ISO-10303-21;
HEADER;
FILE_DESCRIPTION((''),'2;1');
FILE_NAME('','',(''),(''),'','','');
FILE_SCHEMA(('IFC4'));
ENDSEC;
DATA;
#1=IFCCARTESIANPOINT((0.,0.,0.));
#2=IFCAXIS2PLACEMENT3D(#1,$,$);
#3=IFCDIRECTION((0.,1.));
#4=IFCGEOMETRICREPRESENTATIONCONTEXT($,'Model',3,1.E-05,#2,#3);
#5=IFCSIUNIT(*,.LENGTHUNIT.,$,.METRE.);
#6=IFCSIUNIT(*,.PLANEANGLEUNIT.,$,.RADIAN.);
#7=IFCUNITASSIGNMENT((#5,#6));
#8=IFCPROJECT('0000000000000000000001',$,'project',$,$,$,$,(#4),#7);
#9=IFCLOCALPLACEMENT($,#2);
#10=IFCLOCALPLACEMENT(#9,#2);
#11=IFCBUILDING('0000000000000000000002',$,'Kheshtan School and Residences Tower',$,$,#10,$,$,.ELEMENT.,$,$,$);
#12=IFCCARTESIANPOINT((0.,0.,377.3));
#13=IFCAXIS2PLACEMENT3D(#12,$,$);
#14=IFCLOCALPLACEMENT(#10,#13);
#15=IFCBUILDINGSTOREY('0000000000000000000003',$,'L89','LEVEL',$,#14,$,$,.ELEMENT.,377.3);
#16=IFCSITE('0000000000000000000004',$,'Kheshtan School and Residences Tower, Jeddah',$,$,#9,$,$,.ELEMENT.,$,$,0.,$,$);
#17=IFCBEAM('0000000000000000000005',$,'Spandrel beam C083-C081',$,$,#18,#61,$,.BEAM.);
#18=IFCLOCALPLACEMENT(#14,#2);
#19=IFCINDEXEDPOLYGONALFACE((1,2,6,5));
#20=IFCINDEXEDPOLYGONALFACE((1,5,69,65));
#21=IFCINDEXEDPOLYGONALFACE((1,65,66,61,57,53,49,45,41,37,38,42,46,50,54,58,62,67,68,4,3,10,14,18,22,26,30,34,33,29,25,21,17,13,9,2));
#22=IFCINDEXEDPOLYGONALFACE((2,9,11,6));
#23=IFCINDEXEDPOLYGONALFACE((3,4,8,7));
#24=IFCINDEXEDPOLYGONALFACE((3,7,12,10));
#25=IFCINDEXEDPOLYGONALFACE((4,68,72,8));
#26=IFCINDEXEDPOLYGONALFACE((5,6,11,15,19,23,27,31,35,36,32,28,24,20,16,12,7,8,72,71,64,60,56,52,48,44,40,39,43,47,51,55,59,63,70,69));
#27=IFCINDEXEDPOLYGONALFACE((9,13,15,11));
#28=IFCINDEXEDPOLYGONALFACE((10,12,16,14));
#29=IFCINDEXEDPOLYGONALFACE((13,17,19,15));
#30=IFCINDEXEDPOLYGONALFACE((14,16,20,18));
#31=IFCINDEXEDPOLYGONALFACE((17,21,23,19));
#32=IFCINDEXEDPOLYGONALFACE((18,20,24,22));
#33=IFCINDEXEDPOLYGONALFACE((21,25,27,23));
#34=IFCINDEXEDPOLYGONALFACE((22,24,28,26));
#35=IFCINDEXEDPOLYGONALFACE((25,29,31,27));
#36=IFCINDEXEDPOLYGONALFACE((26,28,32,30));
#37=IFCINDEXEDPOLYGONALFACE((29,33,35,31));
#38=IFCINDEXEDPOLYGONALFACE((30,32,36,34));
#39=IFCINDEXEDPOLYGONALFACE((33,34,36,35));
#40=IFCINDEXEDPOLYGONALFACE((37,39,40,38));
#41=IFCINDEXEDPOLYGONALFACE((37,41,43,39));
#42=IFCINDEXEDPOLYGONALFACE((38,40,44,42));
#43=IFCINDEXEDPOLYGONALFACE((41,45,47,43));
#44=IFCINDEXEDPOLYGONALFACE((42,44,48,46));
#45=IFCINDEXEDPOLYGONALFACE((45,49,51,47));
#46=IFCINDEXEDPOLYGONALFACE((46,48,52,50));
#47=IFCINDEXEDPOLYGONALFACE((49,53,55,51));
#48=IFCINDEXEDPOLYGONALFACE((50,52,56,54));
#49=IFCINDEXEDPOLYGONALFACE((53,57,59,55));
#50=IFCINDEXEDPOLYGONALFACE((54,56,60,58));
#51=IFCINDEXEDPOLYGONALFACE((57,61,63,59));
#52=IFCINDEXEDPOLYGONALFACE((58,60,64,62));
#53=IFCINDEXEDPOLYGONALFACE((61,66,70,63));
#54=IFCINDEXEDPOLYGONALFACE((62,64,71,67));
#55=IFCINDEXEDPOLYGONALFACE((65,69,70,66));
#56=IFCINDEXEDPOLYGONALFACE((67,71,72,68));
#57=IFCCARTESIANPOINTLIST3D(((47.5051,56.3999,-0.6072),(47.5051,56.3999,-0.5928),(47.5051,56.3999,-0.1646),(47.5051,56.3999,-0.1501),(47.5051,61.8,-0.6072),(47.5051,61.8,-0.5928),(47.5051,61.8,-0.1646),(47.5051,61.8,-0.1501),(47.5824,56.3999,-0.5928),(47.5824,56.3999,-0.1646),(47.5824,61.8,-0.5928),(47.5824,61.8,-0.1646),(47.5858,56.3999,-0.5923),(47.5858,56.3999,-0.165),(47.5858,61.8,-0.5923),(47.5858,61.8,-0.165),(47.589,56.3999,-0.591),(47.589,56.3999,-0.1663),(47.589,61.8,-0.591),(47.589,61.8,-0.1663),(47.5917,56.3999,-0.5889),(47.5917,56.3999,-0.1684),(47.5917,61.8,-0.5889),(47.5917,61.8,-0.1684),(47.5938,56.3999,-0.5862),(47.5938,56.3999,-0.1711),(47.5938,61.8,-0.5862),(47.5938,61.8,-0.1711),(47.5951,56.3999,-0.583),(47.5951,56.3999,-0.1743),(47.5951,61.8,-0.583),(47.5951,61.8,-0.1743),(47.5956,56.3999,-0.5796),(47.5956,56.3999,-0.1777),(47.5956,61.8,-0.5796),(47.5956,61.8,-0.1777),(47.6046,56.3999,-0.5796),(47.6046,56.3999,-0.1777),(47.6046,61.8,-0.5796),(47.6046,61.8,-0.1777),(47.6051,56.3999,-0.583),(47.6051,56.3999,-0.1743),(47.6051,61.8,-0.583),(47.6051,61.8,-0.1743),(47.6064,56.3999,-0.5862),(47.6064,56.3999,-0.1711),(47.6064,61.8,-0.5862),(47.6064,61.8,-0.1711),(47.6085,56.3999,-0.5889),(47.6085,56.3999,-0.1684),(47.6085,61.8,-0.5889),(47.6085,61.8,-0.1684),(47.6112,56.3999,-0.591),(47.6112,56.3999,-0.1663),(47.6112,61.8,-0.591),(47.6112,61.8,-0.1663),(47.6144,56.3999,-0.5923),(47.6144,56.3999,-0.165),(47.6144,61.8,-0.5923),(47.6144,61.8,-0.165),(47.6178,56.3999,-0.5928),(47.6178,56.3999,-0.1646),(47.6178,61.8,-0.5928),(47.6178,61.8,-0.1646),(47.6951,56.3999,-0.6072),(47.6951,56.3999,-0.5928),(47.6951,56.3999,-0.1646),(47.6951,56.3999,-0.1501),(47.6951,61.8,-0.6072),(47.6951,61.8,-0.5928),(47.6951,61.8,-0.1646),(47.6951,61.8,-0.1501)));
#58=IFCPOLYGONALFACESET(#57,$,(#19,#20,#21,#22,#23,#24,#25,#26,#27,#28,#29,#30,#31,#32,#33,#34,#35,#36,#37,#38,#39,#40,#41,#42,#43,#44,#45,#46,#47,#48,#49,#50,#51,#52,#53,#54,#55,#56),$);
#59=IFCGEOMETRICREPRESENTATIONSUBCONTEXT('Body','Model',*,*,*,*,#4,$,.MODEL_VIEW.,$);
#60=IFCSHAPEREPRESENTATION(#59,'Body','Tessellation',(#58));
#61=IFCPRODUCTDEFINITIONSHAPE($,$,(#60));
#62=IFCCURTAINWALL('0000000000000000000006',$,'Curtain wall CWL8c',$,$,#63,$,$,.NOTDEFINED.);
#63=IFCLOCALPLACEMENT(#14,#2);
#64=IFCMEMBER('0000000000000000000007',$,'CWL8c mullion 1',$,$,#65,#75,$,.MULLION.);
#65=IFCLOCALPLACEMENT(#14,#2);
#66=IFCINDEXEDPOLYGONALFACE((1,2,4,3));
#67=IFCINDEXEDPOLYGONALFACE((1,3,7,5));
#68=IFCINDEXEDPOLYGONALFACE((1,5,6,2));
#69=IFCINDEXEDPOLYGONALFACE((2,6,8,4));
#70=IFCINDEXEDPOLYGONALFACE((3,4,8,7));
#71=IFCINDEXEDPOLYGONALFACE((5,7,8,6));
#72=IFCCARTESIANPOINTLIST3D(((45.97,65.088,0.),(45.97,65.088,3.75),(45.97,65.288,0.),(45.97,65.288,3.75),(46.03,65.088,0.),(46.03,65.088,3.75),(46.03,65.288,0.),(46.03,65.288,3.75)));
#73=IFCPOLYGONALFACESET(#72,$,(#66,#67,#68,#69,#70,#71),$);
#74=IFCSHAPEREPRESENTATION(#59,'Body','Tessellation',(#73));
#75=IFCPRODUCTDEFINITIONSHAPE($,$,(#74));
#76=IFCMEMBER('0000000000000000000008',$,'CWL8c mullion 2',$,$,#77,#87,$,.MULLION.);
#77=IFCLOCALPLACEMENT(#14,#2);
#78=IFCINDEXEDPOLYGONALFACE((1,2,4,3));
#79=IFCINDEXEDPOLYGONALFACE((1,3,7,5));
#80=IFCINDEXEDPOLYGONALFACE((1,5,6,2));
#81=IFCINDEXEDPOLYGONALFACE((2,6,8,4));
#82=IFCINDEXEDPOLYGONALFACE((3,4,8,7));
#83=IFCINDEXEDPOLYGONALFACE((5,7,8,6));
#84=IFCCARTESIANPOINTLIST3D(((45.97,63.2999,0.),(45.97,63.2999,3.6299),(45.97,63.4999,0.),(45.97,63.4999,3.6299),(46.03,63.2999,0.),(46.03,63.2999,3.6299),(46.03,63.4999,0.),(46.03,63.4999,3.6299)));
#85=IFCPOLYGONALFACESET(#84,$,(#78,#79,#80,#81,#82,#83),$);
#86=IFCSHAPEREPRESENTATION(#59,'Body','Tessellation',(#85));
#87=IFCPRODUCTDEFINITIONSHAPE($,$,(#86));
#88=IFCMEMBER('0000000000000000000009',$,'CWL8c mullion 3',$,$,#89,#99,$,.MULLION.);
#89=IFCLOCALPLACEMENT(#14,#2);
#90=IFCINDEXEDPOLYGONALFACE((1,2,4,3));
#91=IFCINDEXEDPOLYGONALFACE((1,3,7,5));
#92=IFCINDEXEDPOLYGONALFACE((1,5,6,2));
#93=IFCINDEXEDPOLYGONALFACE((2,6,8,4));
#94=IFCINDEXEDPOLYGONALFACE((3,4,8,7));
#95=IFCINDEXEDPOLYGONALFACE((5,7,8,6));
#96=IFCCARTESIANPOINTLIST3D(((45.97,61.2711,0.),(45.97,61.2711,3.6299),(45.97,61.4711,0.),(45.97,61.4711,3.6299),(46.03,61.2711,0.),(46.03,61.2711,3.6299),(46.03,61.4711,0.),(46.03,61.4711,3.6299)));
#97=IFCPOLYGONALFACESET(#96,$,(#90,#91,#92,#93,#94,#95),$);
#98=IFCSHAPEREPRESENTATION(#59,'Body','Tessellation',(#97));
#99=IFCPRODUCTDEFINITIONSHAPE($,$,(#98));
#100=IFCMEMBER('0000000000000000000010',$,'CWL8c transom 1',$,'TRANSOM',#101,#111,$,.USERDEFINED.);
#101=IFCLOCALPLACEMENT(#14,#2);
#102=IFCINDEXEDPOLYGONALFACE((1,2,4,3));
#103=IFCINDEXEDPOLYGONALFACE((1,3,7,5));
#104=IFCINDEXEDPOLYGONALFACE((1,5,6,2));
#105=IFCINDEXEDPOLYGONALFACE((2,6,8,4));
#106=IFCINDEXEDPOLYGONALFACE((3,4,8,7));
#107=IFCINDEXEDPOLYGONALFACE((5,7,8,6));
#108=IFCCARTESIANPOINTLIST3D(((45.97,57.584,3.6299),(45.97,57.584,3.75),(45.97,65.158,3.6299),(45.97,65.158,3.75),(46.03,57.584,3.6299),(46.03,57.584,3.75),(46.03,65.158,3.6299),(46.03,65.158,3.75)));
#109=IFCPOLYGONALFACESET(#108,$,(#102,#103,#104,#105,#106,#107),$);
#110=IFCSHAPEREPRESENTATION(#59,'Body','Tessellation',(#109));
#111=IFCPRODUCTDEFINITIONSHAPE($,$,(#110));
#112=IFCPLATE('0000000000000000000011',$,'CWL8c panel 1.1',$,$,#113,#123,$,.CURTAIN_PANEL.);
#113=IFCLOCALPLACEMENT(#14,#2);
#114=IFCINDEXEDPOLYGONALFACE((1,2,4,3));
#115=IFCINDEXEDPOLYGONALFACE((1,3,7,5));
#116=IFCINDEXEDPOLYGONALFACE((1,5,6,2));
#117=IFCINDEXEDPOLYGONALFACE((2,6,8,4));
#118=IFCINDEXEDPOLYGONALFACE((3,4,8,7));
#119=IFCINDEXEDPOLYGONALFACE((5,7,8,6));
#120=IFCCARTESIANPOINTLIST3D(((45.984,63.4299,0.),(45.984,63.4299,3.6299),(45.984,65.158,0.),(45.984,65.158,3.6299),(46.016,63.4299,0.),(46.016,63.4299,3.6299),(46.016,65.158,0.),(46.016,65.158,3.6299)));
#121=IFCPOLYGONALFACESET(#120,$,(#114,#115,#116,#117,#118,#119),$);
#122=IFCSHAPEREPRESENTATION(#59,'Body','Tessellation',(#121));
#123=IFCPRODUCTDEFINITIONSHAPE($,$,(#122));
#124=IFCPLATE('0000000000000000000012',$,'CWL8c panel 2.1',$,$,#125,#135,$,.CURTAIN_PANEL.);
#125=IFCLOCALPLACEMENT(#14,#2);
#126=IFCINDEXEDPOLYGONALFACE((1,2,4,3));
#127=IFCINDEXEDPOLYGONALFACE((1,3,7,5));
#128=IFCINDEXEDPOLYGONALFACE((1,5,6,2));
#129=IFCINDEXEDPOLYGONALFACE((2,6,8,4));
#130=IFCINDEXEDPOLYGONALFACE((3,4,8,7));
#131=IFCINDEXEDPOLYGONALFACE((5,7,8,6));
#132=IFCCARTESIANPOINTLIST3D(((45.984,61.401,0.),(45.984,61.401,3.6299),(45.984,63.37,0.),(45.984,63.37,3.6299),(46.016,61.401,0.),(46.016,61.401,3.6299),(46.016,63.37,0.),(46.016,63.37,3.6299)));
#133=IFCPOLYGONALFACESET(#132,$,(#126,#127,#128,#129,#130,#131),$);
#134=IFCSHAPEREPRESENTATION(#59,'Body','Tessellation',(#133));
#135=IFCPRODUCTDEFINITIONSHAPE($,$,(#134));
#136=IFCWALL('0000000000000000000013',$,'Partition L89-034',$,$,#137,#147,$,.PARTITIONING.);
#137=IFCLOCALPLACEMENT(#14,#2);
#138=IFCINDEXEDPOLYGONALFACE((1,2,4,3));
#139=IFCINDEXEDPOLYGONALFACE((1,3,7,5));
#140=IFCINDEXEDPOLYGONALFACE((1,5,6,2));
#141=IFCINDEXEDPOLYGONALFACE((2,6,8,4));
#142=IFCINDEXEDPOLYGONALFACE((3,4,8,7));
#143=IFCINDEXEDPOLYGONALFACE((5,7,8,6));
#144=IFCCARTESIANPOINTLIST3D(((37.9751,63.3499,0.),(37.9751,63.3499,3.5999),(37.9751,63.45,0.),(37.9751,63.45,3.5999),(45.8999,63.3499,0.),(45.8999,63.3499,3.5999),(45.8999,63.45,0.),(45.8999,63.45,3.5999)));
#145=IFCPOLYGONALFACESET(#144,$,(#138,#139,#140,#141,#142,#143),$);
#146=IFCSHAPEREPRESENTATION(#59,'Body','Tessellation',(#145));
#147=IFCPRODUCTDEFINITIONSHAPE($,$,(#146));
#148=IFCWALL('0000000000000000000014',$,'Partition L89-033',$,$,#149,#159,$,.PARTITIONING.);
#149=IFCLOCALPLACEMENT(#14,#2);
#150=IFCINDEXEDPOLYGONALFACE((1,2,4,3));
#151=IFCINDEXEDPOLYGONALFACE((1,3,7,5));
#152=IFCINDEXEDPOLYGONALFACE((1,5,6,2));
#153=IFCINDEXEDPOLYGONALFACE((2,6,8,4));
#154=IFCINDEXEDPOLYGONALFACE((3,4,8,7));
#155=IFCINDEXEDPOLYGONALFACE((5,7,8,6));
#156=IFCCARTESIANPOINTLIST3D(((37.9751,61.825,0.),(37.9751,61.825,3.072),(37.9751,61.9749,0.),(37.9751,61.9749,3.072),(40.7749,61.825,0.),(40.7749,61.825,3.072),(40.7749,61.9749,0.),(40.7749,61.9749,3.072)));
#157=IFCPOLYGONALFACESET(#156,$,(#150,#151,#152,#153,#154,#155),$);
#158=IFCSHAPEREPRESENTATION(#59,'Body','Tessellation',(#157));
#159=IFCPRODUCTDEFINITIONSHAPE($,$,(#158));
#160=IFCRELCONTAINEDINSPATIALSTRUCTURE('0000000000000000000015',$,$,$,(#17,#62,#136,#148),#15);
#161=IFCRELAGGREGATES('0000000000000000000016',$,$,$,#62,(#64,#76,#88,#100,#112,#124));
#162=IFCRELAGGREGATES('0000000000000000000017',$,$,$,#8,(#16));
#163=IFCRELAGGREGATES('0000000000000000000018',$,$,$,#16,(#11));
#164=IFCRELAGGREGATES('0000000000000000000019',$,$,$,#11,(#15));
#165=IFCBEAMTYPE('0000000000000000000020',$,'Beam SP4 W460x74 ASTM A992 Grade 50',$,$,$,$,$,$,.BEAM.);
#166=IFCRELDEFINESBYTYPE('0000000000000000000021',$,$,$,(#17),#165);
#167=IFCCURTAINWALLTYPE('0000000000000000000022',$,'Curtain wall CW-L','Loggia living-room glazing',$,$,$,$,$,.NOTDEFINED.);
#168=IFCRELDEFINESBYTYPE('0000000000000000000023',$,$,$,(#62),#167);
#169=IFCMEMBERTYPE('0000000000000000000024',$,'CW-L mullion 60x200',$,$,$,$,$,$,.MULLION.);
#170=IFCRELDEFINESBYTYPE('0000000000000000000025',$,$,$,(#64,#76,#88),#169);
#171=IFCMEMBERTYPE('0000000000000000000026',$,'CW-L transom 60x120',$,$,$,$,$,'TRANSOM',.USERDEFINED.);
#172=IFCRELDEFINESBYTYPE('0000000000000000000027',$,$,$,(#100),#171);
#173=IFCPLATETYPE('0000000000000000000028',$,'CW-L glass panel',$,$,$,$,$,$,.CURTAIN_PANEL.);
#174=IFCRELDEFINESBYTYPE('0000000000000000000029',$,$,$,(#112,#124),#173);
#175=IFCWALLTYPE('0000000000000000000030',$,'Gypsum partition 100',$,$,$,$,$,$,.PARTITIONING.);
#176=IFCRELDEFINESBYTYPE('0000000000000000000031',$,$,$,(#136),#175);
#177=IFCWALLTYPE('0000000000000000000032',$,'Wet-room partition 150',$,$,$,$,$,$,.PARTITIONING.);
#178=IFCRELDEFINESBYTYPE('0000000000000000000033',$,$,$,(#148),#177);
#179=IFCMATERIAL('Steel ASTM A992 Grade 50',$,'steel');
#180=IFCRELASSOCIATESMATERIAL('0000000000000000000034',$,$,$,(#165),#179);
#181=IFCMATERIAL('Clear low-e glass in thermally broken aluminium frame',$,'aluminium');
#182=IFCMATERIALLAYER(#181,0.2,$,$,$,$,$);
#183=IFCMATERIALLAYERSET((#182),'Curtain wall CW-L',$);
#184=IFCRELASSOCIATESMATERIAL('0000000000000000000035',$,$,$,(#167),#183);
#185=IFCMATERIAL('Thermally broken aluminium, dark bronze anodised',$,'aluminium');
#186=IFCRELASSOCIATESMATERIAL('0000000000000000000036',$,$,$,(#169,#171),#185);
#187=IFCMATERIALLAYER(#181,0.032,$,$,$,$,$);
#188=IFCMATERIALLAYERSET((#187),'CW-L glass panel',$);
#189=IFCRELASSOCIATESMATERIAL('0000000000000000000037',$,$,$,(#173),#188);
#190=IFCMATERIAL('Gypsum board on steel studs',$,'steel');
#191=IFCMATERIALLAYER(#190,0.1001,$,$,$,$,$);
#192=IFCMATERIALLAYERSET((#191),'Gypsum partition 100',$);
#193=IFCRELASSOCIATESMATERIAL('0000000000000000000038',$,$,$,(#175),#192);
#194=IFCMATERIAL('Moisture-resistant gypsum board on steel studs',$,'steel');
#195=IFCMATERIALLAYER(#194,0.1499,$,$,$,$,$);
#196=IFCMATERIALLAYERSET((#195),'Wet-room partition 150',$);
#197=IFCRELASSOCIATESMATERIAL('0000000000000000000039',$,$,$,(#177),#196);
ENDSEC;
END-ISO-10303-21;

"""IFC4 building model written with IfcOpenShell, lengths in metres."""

from ifc_helpers import new_model, si_unit, direction, frame, frame_2d, origin, origin_2d, place, context, subcontext, project, spatial, rectangle, i_section, extrude, material, layer, layer_set, material_profile, profile_set, type_object, element, aggregate, save


model = new_model("IFC4")

# Units and contexts
model_context = context("Model", 3, precision=1e-05, world=origin(), true_north=direction((0.0, 1.0)))
body_context = subcontext(model_context, "Body", "Model", "MODEL_VIEW")
ifc_project = project(units=[si_unit("LENGTHUNIT", "METRE"), si_unit("PLANEANGLEUNIT", "RADIAN")], contexts=[model_context])

# Site, building, storey
site_placement = place(None, origin())
site = spatial("IfcSite", under=ifc_project, at=site_placement, Name="Kheshtan School and Residences Tower, Jeddah", CompositionType="ELEMENT", RefElevation=0.0)
building_placement = place(site_placement, origin())
building = spatial("IfcBuilding", under=site, at=building_placement, Name="Kheshtan School and Residences Tower", CompositionType="ELEMENT")
storey_placement = place(building_placement, frame((0.0, 0.0, 377.3)))
storey = spatial("IfcBuildingStorey", under=building, at=storey_placement, Name="L89", Description="LEVEL", CompositionType="ELEMENT", Elevation=377.3)

# Shared definitions
ifc_material_1 = material(Name="Steel ASTM A992 Grade 50", Category="steel")

# Beam
ifc_material_profile_1 = material_profile(ifc_material_1, i_section(OverallWidth=0.1899, OverallDepth=0.457, WebThickness=0.009, FlangeThickness=0.0144, FilletRadius=0.0132, at=origin_2d()), Name="W460x74")
ifc_profile_set_1 = profile_set([ifc_material_profile_1], Name="Steel ASTM A992 Grade 50")
beam_type_1 = type_object("IfcBeamType", Name="Beam SP4 W460x74 ASTM A992 Grade 50", PredefinedType="BEAM", material=ifc_profile_set_1)
beam_1_placement = place(storey_placement, frame((47.6001, 61.8, -0.3787), z_axis=(0.0, -1.0, 0.0), x_axis=(1.0, 0.0, 0.0)))
element("IfcBeam", 1, at=beam_1_placement, inside=storey, type_object=beam_type_1, Name="Spandrel beam C083-C081", PredefinedType="BEAM", context=body_context, shape_type="SweptSolid", body=[
    extrude(i_section(OverallWidth=0.1899, OverallDepth=0.457, WebThickness=0.009, FlangeThickness=0.0144, FilletRadius=0.0132, at=origin_2d()), origin(), (0.0, 0.0, 1.0), 5.4001),
])

# Curtain wall, members, plates
ifc_material_2 = material(Name="Clear low-e glass in thermally broken aluminium frame", Category="aluminium")
ifc_layer_1 = layer(ifc_material_2, 0.2)
ifc_layer_set_1 = layer_set([ifc_layer_1], Name="Curtain wall CW-L")
curtain_wall_type = type_object("IfcCurtainWallType", Name="Curtain wall CW-L", Description="Loggia living-room glazing", PredefinedType="NOTDEFINED", material=ifc_layer_set_1)
curtain_wall_placement = place(storey_placement, origin())
curtain_wall = element("IfcCurtainWall", 2, at=curtain_wall_placement, inside=storey, type_object=curtain_wall_type, Name="Curtain wall CWL8c", PredefinedType="NOTDEFINED")
ifc_material_3 = material(Name="Thermally broken aluminium, dark bronze anodised", Category="aluminium")
ifc_material_profile_2 = material_profile(ifc_material_3, rectangle(XDim=0.0601, YDim=0.2, at=origin_2d()), Name="CW-L mullion 60x200")
ifc_profile_set_2 = profile_set([ifc_material_profile_2], Name="Thermally broken aluminium, dark bronze anodised")
member_type_1 = type_object("IfcMemberType", Name="CW-L mullion 60x200", PredefinedType="MULLION", material=ifc_profile_set_2)
member_1_placement = place(storey_placement, frame((46.0, 65.188, 0.0), z_axis=(0.0, 0.0, 1.0), x_axis=(1.0, 0.0, 0.0)))
member_1 = element("IfcMember", 3, at=member_1_placement, type_object=member_type_1, Name="CWL8c mullion 1", PredefinedType="MULLION", context=body_context, shape_type="SweptSolid", body=[
    extrude(rectangle(XDim=0.0601, YDim=0.2, at=origin_2d()), origin(), (0.0, 0.0, 1.0), 3.75),
])
member_2_placement = place(storey_placement, frame((46.0, 63.3999, 0.0), z_axis=(0.0, 0.0, 1.0), x_axis=(1.0, 0.0, 0.0)))
member_2 = element("IfcMember", 4, at=member_2_placement, type_object=member_type_1, Name="CWL8c mullion 2", PredefinedType="MULLION", context=body_context, shape_type="SweptSolid", body=[
    extrude(rectangle(XDim=0.0601, YDim=0.2, at=origin_2d()), origin(), (0.0, 0.0, 1.0), 3.6299),
])
member_3_placement = place(storey_placement, frame((46.0, 61.3711, 0.0), z_axis=(0.0, 0.0, 1.0), x_axis=(1.0, 0.0, 0.0)))
member_3 = element("IfcMember", 5, at=member_3_placement, type_object=member_type_1, Name="CWL8c mullion 3", PredefinedType="MULLION", context=body_context, shape_type="SweptSolid", body=[
    extrude(rectangle(XDim=0.0601, YDim=0.2, at=origin_2d()), origin(), (0.0, 0.0, 1.0), 3.6299),
])
ifc_material_profile_3 = material_profile(ifc_material_3, rectangle(XDim=0.0601, YDim=0.1201, at=origin_2d()), Name="CW-L transom 60x120")
ifc_profile_set_3 = profile_set([ifc_material_profile_3], Name="Thermally broken aluminium, dark bronze anodised")
member_type_2 = type_object("IfcMemberType", Name="CW-L transom 60x120", ElementType="TRANSOM", PredefinedType="USERDEFINED", material=ifc_profile_set_3)
member_4_placement = place(storey_placement, frame((46.0, 65.158, 3.6899), z_axis=(0.0, -1.0, 0.0), x_axis=(1.0, 0.0, 0.0)))
member_4 = element("IfcMember", 6, at=member_4_placement, type_object=member_type_2, Name="CWL8c transom 1", ObjectType="TRANSOM", PredefinedType="USERDEFINED", context=body_context, shape_type="SweptSolid", body=[
    extrude(rectangle(XDim=0.0601, YDim=0.1201, at=origin_2d()), origin(), (0.0, 0.0, 1.0), 7.574),
])
ifc_layer_2 = layer(ifc_material_2, 0.032)
ifc_layer_set_2 = layer_set([ifc_layer_2], Name="CW-L glass panel")
plate_type = type_object("IfcPlateType", Name="CW-L glass panel", PredefinedType="CURTAIN_PANEL", material=ifc_layer_set_2)
plate_1_placement = place(storey_placement, frame((46.0, 64.2939, 0.0), z_axis=(0.0, 0.0, 1.0), x_axis=(0.0, -1.0, 0.0)))
plate_1 = element("IfcPlate", 7, at=plate_1_placement, type_object=plate_type, Name="CWL8c panel 1.1", PredefinedType="CURTAIN_PANEL", context=body_context, shape_type="SweptSolid", body=[
    extrude(rectangle(XDim=1.728, YDim=0.032, at=origin_2d()), origin(), (0.0, 0.0, 1.0), 3.6299),
])
plate_2_placement = place(storey_placement, frame((46.0, 62.3855, 0.0), z_axis=(0.0, 0.0, 1.0), x_axis=(0.0, -1.0, 0.0)))
plate_2 = element("IfcPlate", 8, at=plate_2_placement, type_object=plate_type, Name="CWL8c panel 2.1", PredefinedType="CURTAIN_PANEL", context=body_context, shape_type="SweptSolid", body=[
    extrude(rectangle(XDim=1.969, YDim=0.032, at=origin_2d()), origin(), (0.0, 0.0, 1.0), 3.6299),
])
aggregate(curtain_wall, [member_1, member_2, member_3, member_4, plate_1, plate_2])

# Walls
ifc_material_4 = material(Name="Gypsum board on steel studs", Category="steel")
ifc_layer_3 = layer(ifc_material_4, 0.1001)
ifc_layer_set_3 = layer_set([ifc_layer_3], Name="Gypsum partition 100")
wall_type_1 = type_object("IfcWallType", Name="Gypsum partition 100", PredefinedType="PARTITIONING", material=ifc_layer_set_3)
wall_1_placement = place(storey_placement, frame((37.9751, 63.3999, 0.0), z_axis=(0.0, 0.0, 1.0), x_axis=(1.0, 0.0, 0.0)))
element("IfcWall", 9, at=wall_1_placement, inside=storey, type_object=wall_type_1, Name="Partition L89-034", PredefinedType="PARTITIONING", context=body_context, shape_type="SweptSolid", body=[
    extrude(rectangle(XDim=7.9248, YDim=0.1001, at=frame_2d((3.9624, 0.0))), origin(), (0.0, 0.0, 1.0), 3.5999),
])
ifc_material_5 = material(Name="Moisture-resistant gypsum board on steel studs", Category="steel")
ifc_layer_4 = layer(ifc_material_5, 0.1499)
ifc_layer_set_4 = layer_set([ifc_layer_4], Name="Wet-room partition 150")
wall_type_2 = type_object("IfcWallType", Name="Wet-room partition 150", PredefinedType="PARTITIONING", material=ifc_layer_set_4)
wall_2_placement = place(storey_placement, frame((37.9751, 61.8999, 0.0), z_axis=(0.0, 0.0, 1.0), x_axis=(1.0, 0.0, 0.0)))
element("IfcWall", 10, at=wall_2_placement, inside=storey, type_object=wall_type_2, Name="Partition L89-033", PredefinedType="PARTITIONING", context=body_context, shape_type="SweptSolid", body=[
    extrude(rectangle(XDim=2.7998, YDim=0.1499, at=frame_2d((1.3999, 0.0))), origin(), (0.0, 0.0, 1.0), 3.072),
])

save(model, "model.ifc")
